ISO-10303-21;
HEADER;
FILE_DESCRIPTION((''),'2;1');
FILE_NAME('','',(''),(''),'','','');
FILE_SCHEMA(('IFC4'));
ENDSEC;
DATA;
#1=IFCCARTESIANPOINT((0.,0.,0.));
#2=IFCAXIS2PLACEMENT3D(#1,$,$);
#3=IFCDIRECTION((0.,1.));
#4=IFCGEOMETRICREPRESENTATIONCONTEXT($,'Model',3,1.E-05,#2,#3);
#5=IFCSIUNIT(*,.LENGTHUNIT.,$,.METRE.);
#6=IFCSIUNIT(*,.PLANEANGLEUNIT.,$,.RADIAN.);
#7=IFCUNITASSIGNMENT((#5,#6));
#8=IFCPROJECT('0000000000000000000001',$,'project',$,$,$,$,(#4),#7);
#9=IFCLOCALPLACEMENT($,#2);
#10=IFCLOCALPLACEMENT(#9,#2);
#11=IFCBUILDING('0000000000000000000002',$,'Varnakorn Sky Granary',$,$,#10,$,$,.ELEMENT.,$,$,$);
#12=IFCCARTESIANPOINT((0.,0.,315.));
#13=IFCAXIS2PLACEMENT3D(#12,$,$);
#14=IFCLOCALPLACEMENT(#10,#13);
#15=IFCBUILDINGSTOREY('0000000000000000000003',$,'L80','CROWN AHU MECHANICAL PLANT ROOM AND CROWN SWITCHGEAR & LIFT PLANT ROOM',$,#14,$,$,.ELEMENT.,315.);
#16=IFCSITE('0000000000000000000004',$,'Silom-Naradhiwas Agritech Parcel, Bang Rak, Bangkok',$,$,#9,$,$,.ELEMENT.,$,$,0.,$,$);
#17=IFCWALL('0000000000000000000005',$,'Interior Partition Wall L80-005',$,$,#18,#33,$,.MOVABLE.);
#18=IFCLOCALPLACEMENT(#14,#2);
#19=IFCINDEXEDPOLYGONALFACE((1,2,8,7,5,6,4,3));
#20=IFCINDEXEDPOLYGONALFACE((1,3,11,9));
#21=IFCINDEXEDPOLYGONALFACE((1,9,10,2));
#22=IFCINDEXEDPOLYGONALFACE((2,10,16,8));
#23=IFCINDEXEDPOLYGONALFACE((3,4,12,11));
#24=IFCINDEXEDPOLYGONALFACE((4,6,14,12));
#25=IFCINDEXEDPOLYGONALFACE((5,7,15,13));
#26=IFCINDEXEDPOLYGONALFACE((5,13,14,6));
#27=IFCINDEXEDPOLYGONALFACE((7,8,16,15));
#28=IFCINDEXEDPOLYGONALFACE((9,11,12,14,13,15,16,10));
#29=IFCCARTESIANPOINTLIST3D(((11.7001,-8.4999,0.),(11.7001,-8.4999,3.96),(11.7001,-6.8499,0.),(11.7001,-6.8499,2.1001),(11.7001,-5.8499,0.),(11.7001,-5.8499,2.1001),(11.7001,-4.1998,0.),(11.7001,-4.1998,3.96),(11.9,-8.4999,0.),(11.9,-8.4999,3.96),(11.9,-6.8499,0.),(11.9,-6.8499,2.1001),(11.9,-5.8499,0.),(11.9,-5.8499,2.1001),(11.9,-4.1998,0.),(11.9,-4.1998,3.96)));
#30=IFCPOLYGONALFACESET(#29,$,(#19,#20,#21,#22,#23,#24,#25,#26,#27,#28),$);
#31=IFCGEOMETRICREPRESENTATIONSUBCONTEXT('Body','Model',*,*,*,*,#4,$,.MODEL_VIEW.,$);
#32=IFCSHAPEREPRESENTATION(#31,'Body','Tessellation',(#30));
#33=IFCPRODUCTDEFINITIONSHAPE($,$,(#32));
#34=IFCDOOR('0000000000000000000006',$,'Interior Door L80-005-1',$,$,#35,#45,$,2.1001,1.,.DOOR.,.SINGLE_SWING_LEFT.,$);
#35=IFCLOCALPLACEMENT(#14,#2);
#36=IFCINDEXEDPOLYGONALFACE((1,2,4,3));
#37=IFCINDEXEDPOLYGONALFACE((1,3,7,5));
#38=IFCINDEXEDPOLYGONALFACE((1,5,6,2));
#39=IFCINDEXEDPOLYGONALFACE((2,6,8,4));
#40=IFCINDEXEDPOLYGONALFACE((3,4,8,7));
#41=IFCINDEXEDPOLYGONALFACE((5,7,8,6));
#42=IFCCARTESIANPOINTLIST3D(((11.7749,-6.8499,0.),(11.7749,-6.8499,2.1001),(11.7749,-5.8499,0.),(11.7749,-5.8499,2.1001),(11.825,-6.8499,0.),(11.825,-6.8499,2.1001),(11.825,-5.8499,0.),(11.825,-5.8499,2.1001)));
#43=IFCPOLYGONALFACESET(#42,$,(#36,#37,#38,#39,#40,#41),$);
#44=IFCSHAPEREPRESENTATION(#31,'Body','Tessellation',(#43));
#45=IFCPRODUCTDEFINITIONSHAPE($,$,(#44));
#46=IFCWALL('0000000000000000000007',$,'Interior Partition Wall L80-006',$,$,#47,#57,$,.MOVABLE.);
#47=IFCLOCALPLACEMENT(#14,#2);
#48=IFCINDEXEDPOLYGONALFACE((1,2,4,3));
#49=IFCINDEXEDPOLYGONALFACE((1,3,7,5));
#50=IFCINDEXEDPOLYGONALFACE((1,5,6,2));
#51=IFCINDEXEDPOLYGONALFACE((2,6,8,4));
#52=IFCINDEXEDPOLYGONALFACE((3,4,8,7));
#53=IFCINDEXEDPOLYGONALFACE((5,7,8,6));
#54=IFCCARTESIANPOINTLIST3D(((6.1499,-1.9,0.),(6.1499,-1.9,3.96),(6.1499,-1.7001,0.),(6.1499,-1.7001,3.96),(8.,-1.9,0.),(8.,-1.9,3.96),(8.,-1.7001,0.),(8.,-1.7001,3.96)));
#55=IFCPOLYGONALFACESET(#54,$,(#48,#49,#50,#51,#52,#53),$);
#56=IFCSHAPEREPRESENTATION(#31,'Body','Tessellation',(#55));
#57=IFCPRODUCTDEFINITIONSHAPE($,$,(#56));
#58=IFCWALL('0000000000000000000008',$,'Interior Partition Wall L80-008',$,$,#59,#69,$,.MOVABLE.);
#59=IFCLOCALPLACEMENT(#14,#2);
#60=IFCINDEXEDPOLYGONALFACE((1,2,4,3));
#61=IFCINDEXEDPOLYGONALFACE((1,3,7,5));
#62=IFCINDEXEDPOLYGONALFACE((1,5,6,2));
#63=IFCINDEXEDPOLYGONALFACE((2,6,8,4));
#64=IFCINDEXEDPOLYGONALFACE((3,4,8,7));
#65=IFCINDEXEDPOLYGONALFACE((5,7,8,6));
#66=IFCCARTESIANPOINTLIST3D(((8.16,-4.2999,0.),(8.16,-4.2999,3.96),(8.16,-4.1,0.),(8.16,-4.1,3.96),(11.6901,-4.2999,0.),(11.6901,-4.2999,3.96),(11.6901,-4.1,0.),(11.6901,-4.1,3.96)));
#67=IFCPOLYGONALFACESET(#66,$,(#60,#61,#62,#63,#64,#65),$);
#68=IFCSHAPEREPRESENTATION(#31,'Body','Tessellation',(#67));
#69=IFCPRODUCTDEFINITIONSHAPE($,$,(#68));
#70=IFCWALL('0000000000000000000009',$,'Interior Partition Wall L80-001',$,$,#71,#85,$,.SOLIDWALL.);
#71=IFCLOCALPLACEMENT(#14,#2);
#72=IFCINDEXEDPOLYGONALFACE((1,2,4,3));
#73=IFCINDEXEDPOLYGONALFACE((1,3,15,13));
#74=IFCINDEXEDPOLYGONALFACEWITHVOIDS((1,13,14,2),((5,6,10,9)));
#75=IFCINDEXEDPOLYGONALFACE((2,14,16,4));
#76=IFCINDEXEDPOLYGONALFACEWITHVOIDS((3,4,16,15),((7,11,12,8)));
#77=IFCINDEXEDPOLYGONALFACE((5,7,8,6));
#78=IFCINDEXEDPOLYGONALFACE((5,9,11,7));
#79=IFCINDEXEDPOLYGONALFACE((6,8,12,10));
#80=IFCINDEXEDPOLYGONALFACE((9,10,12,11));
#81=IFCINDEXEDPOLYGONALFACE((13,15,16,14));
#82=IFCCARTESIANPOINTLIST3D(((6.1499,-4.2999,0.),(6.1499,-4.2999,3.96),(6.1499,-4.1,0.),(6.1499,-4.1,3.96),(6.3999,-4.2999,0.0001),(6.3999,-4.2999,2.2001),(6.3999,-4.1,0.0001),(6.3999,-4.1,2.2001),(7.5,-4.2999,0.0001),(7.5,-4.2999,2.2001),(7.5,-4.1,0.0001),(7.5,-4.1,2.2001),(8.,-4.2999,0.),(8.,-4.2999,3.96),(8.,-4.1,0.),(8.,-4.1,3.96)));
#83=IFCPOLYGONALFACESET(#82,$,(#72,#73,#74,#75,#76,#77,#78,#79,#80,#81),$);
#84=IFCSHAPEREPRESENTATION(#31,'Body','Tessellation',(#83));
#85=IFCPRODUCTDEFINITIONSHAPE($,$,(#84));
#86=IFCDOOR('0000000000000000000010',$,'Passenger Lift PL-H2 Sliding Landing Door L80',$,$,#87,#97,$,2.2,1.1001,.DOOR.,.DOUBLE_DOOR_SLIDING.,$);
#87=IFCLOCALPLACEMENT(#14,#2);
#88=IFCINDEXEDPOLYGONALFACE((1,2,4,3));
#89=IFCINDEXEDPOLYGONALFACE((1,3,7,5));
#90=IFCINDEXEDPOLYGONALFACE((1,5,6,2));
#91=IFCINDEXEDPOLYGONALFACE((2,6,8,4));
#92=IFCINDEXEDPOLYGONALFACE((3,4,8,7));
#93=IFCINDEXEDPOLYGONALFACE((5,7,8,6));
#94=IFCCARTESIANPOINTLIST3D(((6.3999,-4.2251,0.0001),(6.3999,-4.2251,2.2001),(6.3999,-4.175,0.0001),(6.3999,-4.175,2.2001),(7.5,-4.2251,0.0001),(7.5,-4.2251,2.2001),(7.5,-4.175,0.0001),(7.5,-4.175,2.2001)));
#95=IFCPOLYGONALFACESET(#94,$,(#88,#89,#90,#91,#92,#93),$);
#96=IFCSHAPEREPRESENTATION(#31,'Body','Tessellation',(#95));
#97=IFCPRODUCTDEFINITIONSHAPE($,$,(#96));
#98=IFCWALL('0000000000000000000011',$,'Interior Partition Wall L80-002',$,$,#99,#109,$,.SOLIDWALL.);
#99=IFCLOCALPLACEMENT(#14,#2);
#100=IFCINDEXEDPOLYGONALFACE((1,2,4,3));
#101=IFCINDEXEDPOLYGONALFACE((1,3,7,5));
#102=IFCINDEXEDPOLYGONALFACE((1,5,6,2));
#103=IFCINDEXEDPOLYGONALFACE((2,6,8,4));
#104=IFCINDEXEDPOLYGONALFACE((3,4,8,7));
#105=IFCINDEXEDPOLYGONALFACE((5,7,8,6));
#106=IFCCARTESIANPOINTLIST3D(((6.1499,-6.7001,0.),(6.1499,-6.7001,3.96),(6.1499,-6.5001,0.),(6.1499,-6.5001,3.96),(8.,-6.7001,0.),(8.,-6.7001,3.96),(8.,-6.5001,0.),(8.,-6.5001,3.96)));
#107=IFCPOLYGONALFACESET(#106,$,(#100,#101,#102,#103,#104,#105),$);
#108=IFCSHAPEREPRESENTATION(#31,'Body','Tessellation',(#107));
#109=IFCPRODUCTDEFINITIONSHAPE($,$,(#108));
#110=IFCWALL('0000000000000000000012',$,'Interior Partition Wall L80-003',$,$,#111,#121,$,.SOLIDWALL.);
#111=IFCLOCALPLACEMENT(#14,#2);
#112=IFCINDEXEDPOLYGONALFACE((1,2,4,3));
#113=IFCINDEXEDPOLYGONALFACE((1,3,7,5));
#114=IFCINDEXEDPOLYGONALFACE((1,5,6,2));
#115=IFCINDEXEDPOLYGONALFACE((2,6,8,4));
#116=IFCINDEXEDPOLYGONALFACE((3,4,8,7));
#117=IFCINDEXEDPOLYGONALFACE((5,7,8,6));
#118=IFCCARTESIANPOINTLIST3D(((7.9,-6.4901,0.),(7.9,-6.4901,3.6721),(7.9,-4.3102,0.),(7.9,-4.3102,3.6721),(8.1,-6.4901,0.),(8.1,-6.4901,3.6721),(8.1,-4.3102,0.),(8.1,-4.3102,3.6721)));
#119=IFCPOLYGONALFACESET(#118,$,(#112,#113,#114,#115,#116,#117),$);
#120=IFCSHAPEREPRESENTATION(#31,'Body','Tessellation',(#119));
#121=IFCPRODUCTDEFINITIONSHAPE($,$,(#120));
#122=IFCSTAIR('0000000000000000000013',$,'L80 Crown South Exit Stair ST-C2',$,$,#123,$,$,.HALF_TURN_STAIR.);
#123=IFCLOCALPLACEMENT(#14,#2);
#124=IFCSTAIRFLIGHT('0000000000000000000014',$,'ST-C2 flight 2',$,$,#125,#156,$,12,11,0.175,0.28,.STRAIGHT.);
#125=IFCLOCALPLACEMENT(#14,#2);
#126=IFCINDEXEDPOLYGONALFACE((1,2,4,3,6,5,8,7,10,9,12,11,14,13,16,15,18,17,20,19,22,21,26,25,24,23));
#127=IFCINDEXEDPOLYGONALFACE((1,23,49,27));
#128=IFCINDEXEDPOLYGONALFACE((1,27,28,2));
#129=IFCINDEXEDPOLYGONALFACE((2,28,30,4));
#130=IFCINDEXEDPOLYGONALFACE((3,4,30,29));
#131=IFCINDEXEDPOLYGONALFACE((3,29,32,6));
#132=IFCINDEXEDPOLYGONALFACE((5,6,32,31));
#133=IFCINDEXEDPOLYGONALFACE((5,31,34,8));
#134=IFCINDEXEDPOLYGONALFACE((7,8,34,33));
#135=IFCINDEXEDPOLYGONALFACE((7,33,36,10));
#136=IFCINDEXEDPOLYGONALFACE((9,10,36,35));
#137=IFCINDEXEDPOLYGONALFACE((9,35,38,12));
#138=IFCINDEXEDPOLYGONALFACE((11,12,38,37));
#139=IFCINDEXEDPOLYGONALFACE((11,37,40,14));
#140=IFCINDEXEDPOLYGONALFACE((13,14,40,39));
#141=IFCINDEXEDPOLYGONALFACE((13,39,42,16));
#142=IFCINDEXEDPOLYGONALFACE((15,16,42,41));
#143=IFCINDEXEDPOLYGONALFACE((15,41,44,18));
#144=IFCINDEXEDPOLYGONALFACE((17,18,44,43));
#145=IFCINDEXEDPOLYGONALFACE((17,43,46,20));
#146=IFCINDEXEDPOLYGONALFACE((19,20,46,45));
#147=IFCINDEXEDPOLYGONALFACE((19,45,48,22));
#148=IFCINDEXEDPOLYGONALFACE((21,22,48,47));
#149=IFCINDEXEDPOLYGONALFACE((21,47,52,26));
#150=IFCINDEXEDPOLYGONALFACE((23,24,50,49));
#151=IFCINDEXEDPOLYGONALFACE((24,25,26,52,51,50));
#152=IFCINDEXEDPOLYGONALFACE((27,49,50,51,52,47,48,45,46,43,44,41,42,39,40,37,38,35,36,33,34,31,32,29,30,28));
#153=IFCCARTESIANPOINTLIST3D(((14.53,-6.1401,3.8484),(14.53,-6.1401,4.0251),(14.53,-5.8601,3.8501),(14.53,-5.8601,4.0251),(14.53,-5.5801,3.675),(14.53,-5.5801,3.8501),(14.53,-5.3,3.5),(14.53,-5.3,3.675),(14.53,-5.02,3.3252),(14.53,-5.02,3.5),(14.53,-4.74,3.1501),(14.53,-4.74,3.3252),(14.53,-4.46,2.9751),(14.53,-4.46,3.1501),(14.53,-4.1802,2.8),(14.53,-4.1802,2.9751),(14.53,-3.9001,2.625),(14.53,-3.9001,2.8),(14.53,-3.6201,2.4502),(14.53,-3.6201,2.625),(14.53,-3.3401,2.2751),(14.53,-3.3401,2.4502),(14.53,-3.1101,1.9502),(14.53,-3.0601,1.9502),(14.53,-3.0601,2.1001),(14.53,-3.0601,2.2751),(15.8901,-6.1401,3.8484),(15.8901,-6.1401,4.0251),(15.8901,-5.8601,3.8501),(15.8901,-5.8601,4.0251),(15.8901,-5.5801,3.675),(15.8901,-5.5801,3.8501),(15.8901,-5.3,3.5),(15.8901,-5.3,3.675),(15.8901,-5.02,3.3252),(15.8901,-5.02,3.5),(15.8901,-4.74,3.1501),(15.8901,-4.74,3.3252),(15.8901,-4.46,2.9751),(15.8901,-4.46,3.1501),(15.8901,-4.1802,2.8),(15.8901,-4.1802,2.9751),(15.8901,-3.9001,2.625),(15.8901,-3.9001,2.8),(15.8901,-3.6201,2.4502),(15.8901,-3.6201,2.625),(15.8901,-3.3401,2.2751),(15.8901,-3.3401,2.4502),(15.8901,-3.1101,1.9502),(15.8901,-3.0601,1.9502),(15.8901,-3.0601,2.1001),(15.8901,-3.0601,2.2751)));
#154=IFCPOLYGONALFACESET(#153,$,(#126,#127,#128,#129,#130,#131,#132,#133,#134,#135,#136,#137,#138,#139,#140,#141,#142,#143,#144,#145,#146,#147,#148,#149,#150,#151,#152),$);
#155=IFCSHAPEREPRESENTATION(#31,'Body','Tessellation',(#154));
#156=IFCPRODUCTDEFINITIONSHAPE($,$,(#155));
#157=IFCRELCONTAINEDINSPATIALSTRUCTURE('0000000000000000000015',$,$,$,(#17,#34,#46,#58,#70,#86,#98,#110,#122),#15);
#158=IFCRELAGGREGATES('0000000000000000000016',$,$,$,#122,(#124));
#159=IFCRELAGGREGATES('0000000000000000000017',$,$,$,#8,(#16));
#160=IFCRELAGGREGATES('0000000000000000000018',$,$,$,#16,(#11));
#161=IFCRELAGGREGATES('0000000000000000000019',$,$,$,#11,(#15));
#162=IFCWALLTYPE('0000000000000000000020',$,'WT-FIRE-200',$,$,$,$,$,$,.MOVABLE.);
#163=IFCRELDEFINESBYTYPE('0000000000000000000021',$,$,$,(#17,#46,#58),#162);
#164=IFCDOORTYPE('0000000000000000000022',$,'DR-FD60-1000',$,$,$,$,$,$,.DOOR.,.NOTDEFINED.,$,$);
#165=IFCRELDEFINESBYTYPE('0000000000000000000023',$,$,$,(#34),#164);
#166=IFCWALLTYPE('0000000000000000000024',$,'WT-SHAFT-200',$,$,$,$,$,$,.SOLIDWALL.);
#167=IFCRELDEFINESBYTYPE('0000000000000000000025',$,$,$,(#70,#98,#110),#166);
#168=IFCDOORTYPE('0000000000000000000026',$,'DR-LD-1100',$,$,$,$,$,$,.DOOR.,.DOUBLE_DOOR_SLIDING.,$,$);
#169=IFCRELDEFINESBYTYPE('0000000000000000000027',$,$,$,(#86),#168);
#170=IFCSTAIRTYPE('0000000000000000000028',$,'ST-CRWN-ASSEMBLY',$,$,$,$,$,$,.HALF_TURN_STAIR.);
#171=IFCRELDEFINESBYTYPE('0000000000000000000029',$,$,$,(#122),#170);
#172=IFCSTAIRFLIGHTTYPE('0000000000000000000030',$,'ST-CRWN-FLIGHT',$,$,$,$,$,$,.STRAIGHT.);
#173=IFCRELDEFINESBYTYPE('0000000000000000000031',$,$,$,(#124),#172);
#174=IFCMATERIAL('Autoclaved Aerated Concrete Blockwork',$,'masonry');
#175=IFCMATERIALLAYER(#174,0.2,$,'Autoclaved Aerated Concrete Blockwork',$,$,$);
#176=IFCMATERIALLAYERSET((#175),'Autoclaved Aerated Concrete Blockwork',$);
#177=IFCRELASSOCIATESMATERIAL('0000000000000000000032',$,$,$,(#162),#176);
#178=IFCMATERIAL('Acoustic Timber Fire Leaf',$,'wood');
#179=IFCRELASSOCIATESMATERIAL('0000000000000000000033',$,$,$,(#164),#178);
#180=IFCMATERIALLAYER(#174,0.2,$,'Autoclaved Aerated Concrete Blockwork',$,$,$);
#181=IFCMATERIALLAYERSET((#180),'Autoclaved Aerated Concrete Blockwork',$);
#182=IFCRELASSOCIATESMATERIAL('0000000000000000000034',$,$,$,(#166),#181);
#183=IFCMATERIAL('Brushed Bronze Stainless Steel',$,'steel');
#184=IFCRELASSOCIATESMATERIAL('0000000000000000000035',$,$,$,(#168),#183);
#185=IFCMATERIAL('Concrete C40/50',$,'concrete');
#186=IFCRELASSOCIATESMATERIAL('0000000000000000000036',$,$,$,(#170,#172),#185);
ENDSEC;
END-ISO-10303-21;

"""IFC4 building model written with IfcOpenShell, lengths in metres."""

from ifc_helpers import new_model, si_unit, direction, frame, frame_2d, origin, place, context, subcontext, project, spatial, polyline, rectangle, outline, extrude, material, layer, layer_set, type_object, element, fill, aggregate, save


model = new_model("IFC4")

# Units and contexts
model_context = context("Model", 3, precision=1e-05, world=origin(), true_north=direction((0.0, 1.0)))
body_context = subcontext(model_context, "Body", "Model", "MODEL_VIEW")
ifc_project = project(units=[si_unit("LENGTHUNIT", "METRE"), si_unit("PLANEANGLEUNIT", "RADIAN")], contexts=[model_context])

# Site, building, storey
site_placement = place(None, origin())
site = spatial("IfcSite", under=ifc_project, at=site_placement, Name="Silom-Naradhiwas Agritech Parcel, Bang Rak, Bangkok", CompositionType="ELEMENT", RefElevation=0.0)
building_placement = place(site_placement, origin())
building = spatial("IfcBuilding", under=site, at=building_placement, Name="Varnakorn Sky Granary", CompositionType="ELEMENT")
storey_placement = place(building_placement, frame((0.0, 0.0, 315.0)))
storey = spatial("IfcBuildingStorey", under=building, at=storey_placement, Name="L80", Description="CROWN AHU MECHANICAL PLANT ROOM AND CROWN SWITCHGEAR & LIFT PLANT ROOM", CompositionType="ELEMENT", Elevation=315.0)

# Wall, opening, door
ifc_material_1 = material(Name="Autoclaved Aerated Concrete Blockwork", Category="masonry")
ifc_layer_1 = layer(ifc_material_1, 0.2, Name="Autoclaved Aerated Concrete Blockwork")
ifc_layer_set_1 = layer_set([ifc_layer_1], Name="Autoclaved Aerated Concrete Blockwork")
wall_type_1 = type_object("IfcWallType", Name="WT-FIRE-200", PredefinedType="MOVABLE", material=ifc_layer_set_1)
wall_1_placement = place(storey_placement, frame((11.8, -4.2, 0.0), z_axis=(0.0, 0.0, 1.0), x_axis=(0.0, -1.0, 0.0)))
wall_1 = element("IfcWall", 1, at=wall_1_placement, inside=storey, type_object=wall_type_1, Name="Interior Partition Wall L80-005", PredefinedType="MOVABLE", context=body_context, shape_type="SweptSolid", body=[
    extrude(rectangle(XDim=4.3, YDim=0.2, at=frame_2d((2.1499, 0.0))), origin(), (0.0, 0.0, 1.0), 3.96),
])
opening_1_placement = place(wall_1_placement, frame((1.6499, 0.0, 0.0)))
opening_1 = element("IfcOpeningElement", 2, at=opening_1_placement, cuts=wall_1, PredefinedType="OPENING", context=body_context, shape_type="SweptSolid", body=[
    extrude(rectangle(XDim=1.0, YDim=2.1001, at=frame_2d((0.5, 1.05))), frame((0.0, 0.1099, 0.0), z_axis=(0.0, -1.0, 0.0), x_axis=(1.0, 0.0, 0.0)), (0.0, 0.0, 1.0), 0.22),
])
ifc_material_2 = material(Name="Acoustic Timber Fire Leaf", Category="wood")
door_type_1 = type_object("IfcDoorType", Name="DR-FD60-1000", OperationType="NOTDEFINED", PredefinedType="DOOR", material=ifc_material_2)
door_1_placement = place(opening_1_placement, origin())
door_1 = element("IfcDoor", 3, at=door_1_placement, inside=storey, type_object=door_type_1, Name="Interior Door L80-005-1", OperationType="SINGLE_SWING_LEFT", OverallHeight=2.1001, OverallWidth=1.0, PredefinedType="DOOR", context=body_context, shape_type="SweptSolid", body=[
    extrude(rectangle(XDim=1.0, YDim=2.1001, at=frame_2d((0.5, 1.05))), frame((0.0, 0.0249, 0.0), z_axis=(0.0, -1.0, 0.0), x_axis=(1.0, 0.0, 0.0)), (0.0, 0.0, 1.0), 0.05),
])
fill(opening_1, door_1)

# Walls
wall_2_placement = place(storey_placement, frame((6.1499, -1.8, 0.0), z_axis=(0.0, 0.0, 1.0), x_axis=(1.0, 0.0, 0.0)))
element("IfcWall", 4, at=wall_2_placement, inside=storey, type_object=wall_type_1, Name="Interior Partition Wall L80-006", PredefinedType="MOVABLE", context=body_context, shape_type="SweptSolid", body=[
    extrude(rectangle(XDim=1.8501, YDim=0.2, at=frame_2d((0.925, 0.0))), origin(), (0.0, 0.0, 1.0), 3.96),
])
wall_3_placement = place(storey_placement, frame((8.1599, -4.2, 0.0), z_axis=(0.0, 0.0, 1.0), x_axis=(1.0, 0.0, 0.0)))
element("IfcWall", 5, at=wall_3_placement, inside=storey, type_object=wall_type_1, Name="Interior Partition Wall L80-008", PredefinedType="MOVABLE", context=body_context, shape_type="SweptSolid", body=[
    extrude(rectangle(XDim=3.53, YDim=0.2, at=frame_2d((1.7651, 0.0))), origin(), (0.0, 0.0, 1.0), 3.96),
])

# Wall, opening, door
ifc_layer_2 = layer(ifc_material_1, 0.2, Name="Autoclaved Aerated Concrete Blockwork")
ifc_layer_set_2 = layer_set([ifc_layer_2], Name="Autoclaved Aerated Concrete Blockwork")
wall_type_2 = type_object("IfcWallType", Name="WT-SHAFT-200", PredefinedType="SOLIDWALL", material=ifc_layer_set_2)
wall_4_placement = place(storey_placement, frame((6.1499, -4.2, 0.0), z_axis=(0.0, 0.0, 1.0), x_axis=(1.0, 0.0, 0.0)))
wall_4 = element("IfcWall", 6, at=wall_4_placement, inside=storey, type_object=wall_type_2, Name="Interior Partition Wall L80-001", PredefinedType="SOLIDWALL", context=body_context, shape_type="SweptSolid", body=[
    extrude(rectangle(XDim=1.8501, YDim=0.2, at=frame_2d((0.925, 0.0))), origin(), (0.0, 0.0, 1.0), 3.96),
])
opening_2_placement = place(wall_4_placement, frame((0.25, 0.0, 0.0)))
opening_2 = element("IfcOpeningElement", 7, at=opening_2_placement, cuts=wall_4, PredefinedType="OPENING", context=body_context, shape_type="SweptSolid", body=[
    extrude(rectangle(XDim=1.1001, YDim=2.2, at=frame_2d((0.55, 1.1001))), frame((0.0, 0.1099, 0.0), z_axis=(0.0, -1.0, 0.0), x_axis=(1.0, 0.0, 0.0)), (0.0, 0.0, 1.0), 0.22),
])
ifc_material_3 = material(Name="Brushed Bronze Stainless Steel", Category="steel")
door_type_2 = type_object("IfcDoorType", Name="DR-LD-1100", OperationType="DOUBLE_DOOR_SLIDING", PredefinedType="DOOR", material=ifc_material_3)
door_2_placement = place(opening_2_placement, origin())
door_2 = element("IfcDoor", 8, at=door_2_placement, inside=storey, type_object=door_type_2, Name="Passenger Lift PL-H2 Sliding Landing Door L80", OperationType="DOUBLE_DOOR_SLIDING", OverallHeight=2.2, OverallWidth=1.1001, PredefinedType="DOOR", context=body_context, shape_type="SweptSolid", body=[
    extrude(rectangle(XDim=1.1001, YDim=2.2, at=frame_2d((0.55, 1.1001))), frame((0.0, 0.0249, 0.0), z_axis=(0.0, -1.0, 0.0), x_axis=(1.0, 0.0, 0.0)), (0.0, 0.0, 1.0), 0.05),
])
fill(opening_2, door_2)

# Walls
wall_5_placement = place(storey_placement, frame((6.1499, -6.6001, 0.0), z_axis=(0.0, 0.0, 1.0), x_axis=(1.0, 0.0, 0.0)))
element("IfcWall", 9, at=wall_5_placement, inside=storey, type_object=wall_type_2, Name="Interior Partition Wall L80-002", PredefinedType="SOLIDWALL", context=body_context, shape_type="SweptSolid", body=[
    extrude(rectangle(XDim=1.8501, YDim=0.2, at=frame_2d((0.925, 0.0))), origin(), (0.0, 0.0, 1.0), 3.96),
])
wall_6_placement = place(storey_placement, frame((8.0, -6.49, 0.0), z_axis=(0.0, 0.0, 1.0), x_axis=(0.0, 1.0, 0.0)))
element("IfcWall", 10, at=wall_6_placement, inside=storey, type_object=wall_type_2, Name="Interior Partition Wall L80-003", PredefinedType="SOLIDWALL", context=body_context, shape_type="SweptSolid", body=[
    extrude(rectangle(XDim=2.1799, YDim=0.2, at=frame_2d((1.0898, 0.0))), origin(), (0.0, 0.0, 1.0), 3.6721),
])

# Stair, stair flight
ifc_material_4 = material(Name="Concrete C40/50", Category="concrete")
stair_type = type_object("IfcStairType", Name="ST-CRWN-ASSEMBLY", PredefinedType="HALF_TURN_STAIR", material=ifc_material_4)
stair_placement = place(storey_placement, origin())
stair = element("IfcStair", 11, at=stair_placement, inside=storey, type_object=stair_type, Name="L80 Crown South Exit Stair ST-C2", PredefinedType="HALF_TURN_STAIR")
stair_flight_type = type_object("IfcStairFlightType", Name="ST-CRWN-FLIGHT", PredefinedType="STRAIGHT", material=ifc_material_4)
stair_flight_placement = place(storey_placement, frame((15.21, -3.0601, 2.1001), z_axis=(0.0, 0.0, 1.0), x_axis=(0.0, -1.0, 0.0)))
stair_flight = element("IfcStairFlight", 12, at=stair_flight_placement, type_object=stair_flight_type, Name="ST-C2 flight 2", NumberOfRisers=12, NumberOfTreads=11, PredefinedType="STRAIGHT", RiserHeight=0.175, TreadLength=0.28, context=body_context, shape_type="SweptSolid", body=[
    extrude(outline(polyline([(0.0, -0.1499), (0.0, 0.0), (0.0, 0.175), (0.28, 0.175), (0.28, 0.3501), (0.5601, 0.3501), (0.5601, 0.5249), (0.8401, 0.5249), (0.8401, 0.7), (1.1201, 0.7), (1.1201, 0.875), (1.3999, 0.875), (1.3999, 1.05), (1.6799, 1.05), (1.6799, 1.2251), (1.96, 1.2251), (1.96, 1.3999), (2.24, 1.3999), (2.24, 1.575), (2.52, 1.575), (2.52, 1.75), (2.8, 1.75), (2.8, 1.925), (3.0801, 1.925), (3.0801, 2.1001), (3.0801, 1.7483), (0.05, -0.1499), (0.0, -0.1499)])), frame((0.0, 0.6802, 0.0), z_axis=(0.0, -1.0, 0.0), x_axis=(1.0, 0.0, 0.0)), (0.0, 0.0, 1.0), 1.3601),
])
aggregate(stair, [stair_flight])

save(model, "model.ifc")
